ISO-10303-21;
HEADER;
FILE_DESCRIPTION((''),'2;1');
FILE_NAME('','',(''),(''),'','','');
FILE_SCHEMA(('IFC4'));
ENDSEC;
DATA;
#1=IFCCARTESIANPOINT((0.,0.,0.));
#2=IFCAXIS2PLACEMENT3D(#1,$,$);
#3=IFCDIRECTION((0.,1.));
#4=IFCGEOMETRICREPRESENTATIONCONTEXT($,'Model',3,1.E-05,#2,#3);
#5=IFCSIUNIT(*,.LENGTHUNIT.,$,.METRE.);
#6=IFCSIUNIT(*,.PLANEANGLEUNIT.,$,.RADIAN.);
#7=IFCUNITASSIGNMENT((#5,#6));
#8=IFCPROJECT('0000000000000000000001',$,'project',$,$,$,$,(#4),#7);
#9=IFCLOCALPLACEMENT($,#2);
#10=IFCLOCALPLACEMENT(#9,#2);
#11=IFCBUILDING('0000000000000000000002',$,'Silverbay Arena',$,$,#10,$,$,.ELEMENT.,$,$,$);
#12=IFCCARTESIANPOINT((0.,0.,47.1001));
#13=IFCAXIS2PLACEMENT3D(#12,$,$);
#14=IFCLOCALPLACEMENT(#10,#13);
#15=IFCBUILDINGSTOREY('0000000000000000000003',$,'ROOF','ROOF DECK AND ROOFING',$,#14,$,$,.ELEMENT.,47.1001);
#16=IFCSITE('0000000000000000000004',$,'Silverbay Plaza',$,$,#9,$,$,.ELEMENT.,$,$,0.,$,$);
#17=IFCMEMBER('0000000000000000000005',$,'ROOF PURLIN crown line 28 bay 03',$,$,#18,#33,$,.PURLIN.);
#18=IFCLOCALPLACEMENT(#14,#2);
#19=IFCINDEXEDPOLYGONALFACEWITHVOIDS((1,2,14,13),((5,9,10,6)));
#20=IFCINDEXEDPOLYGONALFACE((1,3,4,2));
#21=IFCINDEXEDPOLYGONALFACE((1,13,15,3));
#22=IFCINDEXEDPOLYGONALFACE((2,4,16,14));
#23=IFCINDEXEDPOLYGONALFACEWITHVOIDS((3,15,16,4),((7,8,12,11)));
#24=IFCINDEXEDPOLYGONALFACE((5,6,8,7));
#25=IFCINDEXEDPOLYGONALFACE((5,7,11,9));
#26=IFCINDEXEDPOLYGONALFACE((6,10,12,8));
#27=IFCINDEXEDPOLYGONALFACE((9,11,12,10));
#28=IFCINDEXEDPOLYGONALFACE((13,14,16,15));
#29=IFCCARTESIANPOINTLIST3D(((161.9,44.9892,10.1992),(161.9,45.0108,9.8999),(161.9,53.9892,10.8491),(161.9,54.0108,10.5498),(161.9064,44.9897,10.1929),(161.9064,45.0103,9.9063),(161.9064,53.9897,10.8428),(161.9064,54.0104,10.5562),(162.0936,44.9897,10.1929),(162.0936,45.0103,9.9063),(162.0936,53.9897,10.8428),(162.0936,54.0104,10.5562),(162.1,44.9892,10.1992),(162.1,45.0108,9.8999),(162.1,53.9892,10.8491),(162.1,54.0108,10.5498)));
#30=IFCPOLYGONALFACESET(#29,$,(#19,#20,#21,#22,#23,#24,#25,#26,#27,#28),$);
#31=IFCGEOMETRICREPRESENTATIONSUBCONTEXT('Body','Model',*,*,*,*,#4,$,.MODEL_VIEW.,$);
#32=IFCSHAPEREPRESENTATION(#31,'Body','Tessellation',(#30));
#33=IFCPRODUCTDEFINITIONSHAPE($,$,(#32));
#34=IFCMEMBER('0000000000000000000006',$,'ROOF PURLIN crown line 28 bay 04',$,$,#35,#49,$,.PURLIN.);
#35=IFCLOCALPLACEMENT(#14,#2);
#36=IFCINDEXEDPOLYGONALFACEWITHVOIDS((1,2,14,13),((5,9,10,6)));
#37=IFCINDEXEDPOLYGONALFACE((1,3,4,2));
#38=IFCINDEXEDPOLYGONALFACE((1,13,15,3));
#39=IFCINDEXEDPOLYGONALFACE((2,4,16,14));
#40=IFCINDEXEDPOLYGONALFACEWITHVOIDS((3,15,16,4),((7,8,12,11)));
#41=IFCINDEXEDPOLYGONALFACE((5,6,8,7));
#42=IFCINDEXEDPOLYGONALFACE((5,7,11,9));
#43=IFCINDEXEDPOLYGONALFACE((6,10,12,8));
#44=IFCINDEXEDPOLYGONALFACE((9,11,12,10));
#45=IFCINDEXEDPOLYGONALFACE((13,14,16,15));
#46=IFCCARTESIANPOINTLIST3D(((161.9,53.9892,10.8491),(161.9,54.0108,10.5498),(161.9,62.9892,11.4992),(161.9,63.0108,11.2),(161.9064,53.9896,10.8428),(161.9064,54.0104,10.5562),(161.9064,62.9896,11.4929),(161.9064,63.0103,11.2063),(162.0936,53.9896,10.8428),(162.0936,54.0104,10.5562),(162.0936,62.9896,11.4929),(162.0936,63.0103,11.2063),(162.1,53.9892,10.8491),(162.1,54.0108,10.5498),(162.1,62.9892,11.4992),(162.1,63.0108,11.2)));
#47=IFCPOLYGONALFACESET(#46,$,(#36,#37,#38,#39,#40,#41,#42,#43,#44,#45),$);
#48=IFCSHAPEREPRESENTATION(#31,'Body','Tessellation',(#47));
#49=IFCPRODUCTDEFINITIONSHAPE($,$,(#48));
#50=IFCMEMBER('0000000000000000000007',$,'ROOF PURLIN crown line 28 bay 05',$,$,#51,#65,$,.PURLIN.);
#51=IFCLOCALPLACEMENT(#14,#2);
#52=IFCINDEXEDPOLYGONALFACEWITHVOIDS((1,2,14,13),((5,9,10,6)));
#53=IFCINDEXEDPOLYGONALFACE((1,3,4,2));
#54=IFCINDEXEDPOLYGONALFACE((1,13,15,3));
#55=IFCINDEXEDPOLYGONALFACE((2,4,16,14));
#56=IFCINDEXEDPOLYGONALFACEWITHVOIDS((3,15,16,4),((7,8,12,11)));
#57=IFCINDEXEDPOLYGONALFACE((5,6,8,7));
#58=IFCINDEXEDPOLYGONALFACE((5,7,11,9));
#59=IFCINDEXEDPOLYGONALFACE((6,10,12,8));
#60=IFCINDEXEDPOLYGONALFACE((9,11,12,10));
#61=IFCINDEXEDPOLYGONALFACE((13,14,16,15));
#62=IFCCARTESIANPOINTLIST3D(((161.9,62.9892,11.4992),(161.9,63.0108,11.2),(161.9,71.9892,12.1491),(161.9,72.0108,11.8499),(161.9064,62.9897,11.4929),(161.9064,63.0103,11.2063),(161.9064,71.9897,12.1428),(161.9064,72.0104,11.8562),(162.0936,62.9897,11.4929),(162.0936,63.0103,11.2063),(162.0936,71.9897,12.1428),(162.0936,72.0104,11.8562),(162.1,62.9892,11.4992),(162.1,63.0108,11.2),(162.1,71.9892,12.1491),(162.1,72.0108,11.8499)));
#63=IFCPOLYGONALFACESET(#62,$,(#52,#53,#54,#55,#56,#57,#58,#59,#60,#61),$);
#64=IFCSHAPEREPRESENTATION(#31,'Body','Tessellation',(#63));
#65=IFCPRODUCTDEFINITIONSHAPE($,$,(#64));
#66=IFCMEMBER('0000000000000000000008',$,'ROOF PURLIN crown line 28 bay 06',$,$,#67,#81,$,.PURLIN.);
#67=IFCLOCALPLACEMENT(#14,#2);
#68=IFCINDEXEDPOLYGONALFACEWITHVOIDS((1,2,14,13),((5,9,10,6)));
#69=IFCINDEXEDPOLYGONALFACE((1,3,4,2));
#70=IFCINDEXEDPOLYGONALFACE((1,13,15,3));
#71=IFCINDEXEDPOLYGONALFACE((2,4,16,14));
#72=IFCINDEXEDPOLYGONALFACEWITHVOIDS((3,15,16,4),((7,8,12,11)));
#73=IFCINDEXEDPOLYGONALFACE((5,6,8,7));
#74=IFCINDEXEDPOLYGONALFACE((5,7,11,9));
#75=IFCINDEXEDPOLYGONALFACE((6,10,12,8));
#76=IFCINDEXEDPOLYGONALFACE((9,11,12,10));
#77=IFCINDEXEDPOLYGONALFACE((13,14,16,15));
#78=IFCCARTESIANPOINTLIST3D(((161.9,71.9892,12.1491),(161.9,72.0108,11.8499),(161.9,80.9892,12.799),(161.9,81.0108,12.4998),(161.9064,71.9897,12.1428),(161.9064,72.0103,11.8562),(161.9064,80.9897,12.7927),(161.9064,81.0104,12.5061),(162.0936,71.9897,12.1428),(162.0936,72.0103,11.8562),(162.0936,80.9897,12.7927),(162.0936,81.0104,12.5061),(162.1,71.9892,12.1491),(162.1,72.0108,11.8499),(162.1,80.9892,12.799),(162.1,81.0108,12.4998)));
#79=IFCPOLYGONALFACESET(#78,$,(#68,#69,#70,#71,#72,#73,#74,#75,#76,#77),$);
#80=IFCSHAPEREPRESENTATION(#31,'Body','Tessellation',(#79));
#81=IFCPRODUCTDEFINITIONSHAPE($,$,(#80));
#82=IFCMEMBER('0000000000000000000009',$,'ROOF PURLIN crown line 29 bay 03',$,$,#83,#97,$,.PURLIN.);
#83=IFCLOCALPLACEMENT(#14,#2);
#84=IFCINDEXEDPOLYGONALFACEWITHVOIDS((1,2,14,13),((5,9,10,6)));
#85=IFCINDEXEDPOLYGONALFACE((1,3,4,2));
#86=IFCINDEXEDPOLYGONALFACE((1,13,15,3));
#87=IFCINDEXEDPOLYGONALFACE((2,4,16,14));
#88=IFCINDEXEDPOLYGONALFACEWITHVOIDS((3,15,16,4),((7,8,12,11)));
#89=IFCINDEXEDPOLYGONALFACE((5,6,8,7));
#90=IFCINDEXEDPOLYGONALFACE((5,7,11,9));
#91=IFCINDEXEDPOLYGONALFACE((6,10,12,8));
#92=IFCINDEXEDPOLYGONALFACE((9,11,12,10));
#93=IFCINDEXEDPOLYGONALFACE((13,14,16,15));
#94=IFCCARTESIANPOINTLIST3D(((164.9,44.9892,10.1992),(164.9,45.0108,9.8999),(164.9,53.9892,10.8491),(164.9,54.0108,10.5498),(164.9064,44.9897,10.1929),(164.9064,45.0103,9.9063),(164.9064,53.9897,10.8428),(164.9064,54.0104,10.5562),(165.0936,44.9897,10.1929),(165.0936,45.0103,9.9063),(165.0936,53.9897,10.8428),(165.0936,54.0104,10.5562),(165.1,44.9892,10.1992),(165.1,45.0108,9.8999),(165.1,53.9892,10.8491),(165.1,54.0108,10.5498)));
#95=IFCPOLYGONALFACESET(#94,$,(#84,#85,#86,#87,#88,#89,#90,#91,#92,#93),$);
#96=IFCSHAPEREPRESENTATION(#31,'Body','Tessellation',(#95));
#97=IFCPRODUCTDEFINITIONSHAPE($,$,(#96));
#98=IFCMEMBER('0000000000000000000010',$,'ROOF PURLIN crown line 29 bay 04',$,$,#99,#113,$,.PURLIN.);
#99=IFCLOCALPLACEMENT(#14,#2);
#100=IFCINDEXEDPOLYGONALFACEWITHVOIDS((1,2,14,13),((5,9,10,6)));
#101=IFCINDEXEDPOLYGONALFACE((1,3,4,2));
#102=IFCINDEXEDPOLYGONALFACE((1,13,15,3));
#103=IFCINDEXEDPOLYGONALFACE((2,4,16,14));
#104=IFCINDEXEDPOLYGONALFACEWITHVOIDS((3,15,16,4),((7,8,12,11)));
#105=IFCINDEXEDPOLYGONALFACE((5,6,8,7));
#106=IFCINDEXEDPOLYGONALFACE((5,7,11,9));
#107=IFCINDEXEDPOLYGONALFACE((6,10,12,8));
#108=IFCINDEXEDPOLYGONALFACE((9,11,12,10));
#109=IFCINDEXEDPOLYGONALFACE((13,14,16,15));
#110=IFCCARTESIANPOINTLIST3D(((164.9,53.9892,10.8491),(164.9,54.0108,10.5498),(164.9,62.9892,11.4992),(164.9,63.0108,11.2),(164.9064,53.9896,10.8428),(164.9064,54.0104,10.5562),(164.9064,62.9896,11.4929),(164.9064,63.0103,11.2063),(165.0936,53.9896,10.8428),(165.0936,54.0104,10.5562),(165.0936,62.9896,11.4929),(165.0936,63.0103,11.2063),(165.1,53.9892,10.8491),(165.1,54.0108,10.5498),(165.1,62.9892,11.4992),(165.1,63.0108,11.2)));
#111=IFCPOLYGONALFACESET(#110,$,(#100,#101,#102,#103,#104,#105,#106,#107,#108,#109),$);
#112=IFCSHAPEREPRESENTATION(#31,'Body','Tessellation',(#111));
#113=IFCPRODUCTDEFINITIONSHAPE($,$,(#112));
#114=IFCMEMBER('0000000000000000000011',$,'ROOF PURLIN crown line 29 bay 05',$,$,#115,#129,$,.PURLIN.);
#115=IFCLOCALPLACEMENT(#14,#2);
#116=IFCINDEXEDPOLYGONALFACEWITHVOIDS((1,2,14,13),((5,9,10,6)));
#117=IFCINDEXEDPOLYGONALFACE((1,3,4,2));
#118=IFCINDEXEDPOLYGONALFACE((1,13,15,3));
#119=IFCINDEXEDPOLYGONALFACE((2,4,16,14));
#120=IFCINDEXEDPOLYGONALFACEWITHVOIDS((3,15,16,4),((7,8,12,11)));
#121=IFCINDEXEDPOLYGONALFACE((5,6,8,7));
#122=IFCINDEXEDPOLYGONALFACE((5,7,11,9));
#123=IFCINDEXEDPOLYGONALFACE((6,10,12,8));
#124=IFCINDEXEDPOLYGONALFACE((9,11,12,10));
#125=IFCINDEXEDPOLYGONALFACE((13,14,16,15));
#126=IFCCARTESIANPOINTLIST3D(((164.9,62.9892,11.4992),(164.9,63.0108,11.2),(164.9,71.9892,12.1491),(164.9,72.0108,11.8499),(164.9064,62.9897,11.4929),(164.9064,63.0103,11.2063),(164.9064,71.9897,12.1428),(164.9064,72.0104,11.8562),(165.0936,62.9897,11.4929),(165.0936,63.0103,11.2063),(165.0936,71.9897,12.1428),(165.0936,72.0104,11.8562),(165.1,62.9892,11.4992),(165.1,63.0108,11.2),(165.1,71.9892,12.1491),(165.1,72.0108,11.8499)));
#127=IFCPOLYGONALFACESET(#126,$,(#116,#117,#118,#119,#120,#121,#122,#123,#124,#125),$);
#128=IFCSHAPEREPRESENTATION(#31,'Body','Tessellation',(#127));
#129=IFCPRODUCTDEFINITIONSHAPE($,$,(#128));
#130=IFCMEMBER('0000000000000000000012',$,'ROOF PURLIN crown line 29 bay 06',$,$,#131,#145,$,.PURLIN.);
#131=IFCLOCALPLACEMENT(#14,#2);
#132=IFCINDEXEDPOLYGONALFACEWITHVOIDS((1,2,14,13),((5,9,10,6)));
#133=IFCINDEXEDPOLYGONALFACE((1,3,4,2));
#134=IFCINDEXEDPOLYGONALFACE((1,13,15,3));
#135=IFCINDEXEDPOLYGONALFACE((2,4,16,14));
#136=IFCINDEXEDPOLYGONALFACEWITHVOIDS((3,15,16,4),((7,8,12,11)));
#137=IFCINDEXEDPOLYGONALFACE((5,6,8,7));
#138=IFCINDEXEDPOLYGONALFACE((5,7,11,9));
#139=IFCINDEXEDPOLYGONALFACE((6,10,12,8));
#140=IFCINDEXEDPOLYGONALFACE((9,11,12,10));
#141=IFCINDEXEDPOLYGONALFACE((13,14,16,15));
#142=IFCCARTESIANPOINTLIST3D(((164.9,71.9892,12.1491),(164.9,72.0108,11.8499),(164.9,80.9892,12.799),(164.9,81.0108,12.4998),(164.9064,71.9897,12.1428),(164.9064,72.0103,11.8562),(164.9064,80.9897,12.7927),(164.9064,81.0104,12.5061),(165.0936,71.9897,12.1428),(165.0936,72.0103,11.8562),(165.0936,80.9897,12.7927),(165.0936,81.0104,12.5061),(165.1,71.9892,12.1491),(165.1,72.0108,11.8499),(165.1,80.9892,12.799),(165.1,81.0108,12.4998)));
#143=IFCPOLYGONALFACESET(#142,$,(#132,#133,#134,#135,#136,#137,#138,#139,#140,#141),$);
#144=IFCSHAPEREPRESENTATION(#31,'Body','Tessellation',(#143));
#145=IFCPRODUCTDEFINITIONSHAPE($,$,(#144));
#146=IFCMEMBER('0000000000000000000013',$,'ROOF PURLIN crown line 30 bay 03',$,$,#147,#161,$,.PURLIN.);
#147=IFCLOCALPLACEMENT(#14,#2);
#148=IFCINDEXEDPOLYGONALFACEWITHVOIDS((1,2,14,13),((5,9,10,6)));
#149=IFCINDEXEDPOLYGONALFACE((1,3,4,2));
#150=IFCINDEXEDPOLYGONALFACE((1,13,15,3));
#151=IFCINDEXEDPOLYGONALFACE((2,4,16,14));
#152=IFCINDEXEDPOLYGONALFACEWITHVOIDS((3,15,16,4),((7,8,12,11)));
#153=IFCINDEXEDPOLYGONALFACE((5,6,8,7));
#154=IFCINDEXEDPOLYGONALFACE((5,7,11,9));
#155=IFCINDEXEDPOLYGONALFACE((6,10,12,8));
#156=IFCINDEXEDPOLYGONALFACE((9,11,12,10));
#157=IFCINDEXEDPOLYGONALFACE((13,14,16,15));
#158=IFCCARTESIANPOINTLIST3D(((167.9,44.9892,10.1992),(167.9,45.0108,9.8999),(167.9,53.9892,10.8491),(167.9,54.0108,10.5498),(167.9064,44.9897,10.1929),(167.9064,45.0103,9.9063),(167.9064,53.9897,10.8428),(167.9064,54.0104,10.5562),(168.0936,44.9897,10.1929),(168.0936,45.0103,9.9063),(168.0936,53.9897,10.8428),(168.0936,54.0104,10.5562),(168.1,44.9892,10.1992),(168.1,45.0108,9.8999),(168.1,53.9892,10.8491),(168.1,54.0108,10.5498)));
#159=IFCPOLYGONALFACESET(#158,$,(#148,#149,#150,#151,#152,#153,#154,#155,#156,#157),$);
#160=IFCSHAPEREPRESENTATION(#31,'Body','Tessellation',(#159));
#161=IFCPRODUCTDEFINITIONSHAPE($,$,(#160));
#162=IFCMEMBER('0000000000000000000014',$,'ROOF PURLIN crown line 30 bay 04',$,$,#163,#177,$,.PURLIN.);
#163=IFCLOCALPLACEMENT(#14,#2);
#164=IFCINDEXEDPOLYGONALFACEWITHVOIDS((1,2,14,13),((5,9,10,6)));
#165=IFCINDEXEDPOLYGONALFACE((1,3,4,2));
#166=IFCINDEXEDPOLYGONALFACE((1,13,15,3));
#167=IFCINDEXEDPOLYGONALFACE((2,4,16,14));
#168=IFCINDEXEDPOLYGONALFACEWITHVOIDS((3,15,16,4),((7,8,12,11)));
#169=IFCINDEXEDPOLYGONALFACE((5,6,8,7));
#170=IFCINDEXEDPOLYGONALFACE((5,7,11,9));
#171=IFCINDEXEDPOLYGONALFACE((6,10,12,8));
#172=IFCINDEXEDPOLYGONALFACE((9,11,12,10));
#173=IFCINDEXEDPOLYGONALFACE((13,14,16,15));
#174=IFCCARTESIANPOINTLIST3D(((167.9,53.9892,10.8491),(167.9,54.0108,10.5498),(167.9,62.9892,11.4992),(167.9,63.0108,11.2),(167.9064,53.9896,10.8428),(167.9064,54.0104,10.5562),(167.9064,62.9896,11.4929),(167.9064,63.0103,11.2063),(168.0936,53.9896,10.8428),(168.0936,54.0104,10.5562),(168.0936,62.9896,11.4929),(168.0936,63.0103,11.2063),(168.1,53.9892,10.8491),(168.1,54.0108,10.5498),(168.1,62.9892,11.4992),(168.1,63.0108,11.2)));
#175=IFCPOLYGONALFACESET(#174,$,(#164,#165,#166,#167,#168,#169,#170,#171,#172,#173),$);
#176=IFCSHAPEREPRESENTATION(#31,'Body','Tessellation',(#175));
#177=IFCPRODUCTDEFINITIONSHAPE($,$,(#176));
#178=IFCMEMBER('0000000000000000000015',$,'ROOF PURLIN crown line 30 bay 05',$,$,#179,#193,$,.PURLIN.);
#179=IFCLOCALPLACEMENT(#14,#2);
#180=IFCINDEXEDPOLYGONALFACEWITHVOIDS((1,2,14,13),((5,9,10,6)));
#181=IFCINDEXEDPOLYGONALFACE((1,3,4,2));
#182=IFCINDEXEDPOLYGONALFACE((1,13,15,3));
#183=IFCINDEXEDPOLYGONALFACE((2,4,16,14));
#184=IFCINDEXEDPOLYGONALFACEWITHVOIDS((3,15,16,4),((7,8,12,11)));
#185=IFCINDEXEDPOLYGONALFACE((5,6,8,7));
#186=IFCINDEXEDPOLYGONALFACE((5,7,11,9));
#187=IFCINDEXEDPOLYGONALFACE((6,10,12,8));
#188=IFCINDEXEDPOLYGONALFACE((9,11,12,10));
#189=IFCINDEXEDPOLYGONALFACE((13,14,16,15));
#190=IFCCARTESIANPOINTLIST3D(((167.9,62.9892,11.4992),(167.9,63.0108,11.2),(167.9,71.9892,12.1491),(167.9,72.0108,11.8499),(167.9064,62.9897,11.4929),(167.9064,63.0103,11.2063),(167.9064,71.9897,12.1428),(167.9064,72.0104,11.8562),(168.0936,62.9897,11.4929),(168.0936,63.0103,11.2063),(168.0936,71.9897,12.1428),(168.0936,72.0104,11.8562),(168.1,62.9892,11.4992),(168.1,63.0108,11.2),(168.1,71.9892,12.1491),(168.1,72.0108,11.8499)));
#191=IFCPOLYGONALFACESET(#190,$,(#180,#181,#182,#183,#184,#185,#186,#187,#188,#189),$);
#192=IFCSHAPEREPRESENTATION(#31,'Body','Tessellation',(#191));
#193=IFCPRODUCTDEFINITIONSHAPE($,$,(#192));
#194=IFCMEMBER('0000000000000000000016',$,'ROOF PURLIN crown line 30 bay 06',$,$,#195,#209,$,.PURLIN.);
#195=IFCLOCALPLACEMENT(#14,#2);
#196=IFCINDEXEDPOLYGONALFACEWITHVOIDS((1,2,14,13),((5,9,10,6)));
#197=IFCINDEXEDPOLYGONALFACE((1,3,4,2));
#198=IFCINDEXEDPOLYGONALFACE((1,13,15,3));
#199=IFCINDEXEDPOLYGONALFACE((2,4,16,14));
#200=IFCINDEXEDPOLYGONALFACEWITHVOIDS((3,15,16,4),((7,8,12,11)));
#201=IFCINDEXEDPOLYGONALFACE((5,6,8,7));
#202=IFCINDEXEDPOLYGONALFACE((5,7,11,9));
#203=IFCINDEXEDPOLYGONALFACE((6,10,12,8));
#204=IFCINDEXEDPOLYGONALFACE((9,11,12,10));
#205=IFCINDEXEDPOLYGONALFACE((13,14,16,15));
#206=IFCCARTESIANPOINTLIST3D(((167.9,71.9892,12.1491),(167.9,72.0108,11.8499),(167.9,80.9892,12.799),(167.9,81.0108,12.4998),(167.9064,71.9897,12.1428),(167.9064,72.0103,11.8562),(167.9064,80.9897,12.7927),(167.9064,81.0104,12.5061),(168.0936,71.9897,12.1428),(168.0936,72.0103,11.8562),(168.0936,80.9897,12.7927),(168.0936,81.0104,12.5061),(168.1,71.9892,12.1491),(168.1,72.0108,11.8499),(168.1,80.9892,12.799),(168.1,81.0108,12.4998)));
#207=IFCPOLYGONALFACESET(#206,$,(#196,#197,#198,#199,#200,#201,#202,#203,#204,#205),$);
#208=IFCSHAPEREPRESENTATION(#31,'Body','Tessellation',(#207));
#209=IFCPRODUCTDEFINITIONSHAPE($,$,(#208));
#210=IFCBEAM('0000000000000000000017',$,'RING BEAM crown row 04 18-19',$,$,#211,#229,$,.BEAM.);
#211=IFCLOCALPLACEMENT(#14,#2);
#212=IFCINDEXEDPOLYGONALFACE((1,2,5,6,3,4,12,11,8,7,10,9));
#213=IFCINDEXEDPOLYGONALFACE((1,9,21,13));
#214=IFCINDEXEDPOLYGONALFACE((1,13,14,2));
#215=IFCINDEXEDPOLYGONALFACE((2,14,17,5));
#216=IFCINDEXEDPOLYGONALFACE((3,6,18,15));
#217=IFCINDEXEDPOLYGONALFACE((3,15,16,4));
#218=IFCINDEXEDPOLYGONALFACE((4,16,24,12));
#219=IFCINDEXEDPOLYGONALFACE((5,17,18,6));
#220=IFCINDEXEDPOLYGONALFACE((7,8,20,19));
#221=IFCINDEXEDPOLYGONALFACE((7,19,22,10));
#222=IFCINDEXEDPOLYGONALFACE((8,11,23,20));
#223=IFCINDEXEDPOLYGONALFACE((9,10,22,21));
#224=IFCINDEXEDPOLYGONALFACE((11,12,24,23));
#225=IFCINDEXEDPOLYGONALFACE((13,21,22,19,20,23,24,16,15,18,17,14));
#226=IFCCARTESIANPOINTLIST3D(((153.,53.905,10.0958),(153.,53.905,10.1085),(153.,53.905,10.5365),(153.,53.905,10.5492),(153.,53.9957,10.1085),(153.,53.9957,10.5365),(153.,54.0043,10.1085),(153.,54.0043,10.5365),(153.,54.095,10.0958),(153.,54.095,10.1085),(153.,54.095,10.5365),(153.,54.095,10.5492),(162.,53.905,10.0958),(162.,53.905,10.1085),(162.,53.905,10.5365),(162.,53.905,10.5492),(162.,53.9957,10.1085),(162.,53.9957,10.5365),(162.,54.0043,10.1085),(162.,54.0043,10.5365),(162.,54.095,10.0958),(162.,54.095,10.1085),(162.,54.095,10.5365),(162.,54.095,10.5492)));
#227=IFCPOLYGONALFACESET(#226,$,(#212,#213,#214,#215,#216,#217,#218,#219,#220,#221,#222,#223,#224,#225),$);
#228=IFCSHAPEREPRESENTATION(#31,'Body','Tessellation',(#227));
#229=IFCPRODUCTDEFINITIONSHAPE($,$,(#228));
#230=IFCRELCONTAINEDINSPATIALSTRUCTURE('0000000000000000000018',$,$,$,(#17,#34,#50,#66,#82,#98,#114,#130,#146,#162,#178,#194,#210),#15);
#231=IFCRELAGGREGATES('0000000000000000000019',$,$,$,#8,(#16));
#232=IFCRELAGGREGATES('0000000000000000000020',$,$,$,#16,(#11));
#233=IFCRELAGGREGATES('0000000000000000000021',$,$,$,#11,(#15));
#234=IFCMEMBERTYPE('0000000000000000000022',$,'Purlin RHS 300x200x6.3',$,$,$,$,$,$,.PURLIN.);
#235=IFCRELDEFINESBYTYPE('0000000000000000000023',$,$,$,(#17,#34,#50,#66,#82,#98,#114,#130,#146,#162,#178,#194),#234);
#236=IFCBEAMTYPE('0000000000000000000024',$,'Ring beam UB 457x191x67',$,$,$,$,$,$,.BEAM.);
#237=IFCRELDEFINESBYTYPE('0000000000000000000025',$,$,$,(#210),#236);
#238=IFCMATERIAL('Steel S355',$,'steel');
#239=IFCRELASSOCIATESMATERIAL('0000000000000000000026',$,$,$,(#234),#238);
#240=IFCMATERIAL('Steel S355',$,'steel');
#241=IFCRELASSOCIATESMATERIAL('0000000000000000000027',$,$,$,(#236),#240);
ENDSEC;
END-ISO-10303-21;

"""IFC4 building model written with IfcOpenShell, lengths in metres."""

from ifc_helpers import new_model, si_unit, direction, frame, origin, origin_2d, place, context, subcontext, project, spatial, hollow_rectangle, i_section, extrude, material, material_profile, profile_set, type_object, element, save


model = new_model("IFC4")

# Units and contexts
model_context = context("Model", 3, precision=1e-05, world=origin(), true_north=direction((0.0, 1.0)))
body_context = subcontext(model_context, "Body", "Model", "MODEL_VIEW")
ifc_project = project(units=[si_unit("LENGTHUNIT", "METRE"), si_unit("PLANEANGLEUNIT", "RADIAN")], contexts=[model_context])

# Site, building, storey
site_placement = place(None, origin())
site = spatial("IfcSite", under=ifc_project, at=site_placement, Name="Silverbay Plaza", CompositionType="ELEMENT", RefElevation=0.0)
building_placement = place(site_placement, origin())
building = spatial("IfcBuilding", under=site, at=building_placement, Name="Silverbay Arena", CompositionType="ELEMENT")
storey_placement = place(building_placement, frame((0.0, 0.0, 47.1001)))
storey = spatial("IfcBuildingStorey", under=building, at=storey_placement, Name="ROOF", Description="ROOF DECK AND ROOFING", CompositionType="ELEMENT", Elevation=47.1001)

# Members
ifc_material_1 = material(Name="Steel S355", Category="steel")
ifc_material_profile_1 = material_profile(ifc_material_1, hollow_rectangle(XDim=0.2, YDim=0.3, WallThickness=0.0063, at=origin_2d()), Name="RHS 300x200x6.3")
ifc_profile_set_1 = profile_set([ifc_material_profile_1], Name="Steel S355")
member_type_1 = type_object("IfcMemberType", Name="Purlin RHS 300x200x6.3", PredefinedType="PURLIN", material=ifc_profile_set_1)
for number, where, z_axis, x_axis, name in (
    (1, (162.0, 45.0, 10.0496), (0.0, 0.997403, 0.072024), (-1.0, 0.0, 0.0), "ROOF PURLIN crown line 28 bay 03"),
    (2, (162.0, 54.0, 10.6995), (0.0, 0.997401, 0.072051), (-1.0, 0.0, 0.0), "ROOF PURLIN crown line 28 bay 04"),
    (3, (162.0, 63.0, 11.3496), (0.0, 0.997403, 0.072024), (-1.0, 0.0, 0.0), "ROOF PURLIN crown line 28 bay 05"),
    (4, (162.0, 72.0, 11.9995), (0.0, 0.997403, 0.072024), (-1.0, 0.0, 0.0), "ROOF PURLIN crown line 28 bay 06"),
    (5, (165.0, 45.0, 10.0496), (0.0, 0.997403, 0.072024), (-1.0, 0.0, 0.0), "ROOF PURLIN crown line 29 bay 03"),
    (6, (165.0, 54.0, 10.6995), (0.0, 0.997401, 0.072051), (-1.0, 0.0, 0.0), "ROOF PURLIN crown line 29 bay 04"),
    (7, (165.0, 63.0, 11.3496), (0.0, 0.997403, 0.072024), (-1.0, 0.0, 0.0), "ROOF PURLIN crown line 29 bay 05"),
    (8, (165.0, 72.0, 11.9995), (0.0, 0.997403, 0.072024), (-1.0, 0.0, 0.0), "ROOF PURLIN crown line 29 bay 06"),
    (9, (168.0, 45.0, 10.0496), (0.0, 0.997403, 0.072024), (-1.0, 0.0, 0.0), "ROOF PURLIN crown line 30 bay 03"),
    (10, (168.0, 54.0, 10.6995), (0.0, 0.997401, 0.072051), (-1.0, 0.0, 0.0), "ROOF PURLIN crown line 30 bay 04"),
    (11, (168.0, 63.0, 11.3496), (0.0, 0.997403, 0.072024), (-1.0, 0.0, 0.0), "ROOF PURLIN crown line 30 bay 05"),
    (12, (168.0, 72.0, 11.9995), (0.0, 0.997403, 0.072024), (-1.0, 0.0, 0.0), "ROOF PURLIN crown line 30 bay 06"),
):
    element("IfcMember", number, at=place(storey_placement, frame(where, z_axis=z_axis, x_axis=x_axis)), inside=storey, type_object=member_type_1, Name=name, PredefinedType="PURLIN", context=body_context, shape_type="SweptSolid", body=[
        extrude(hollow_rectangle(XDim=0.2, YDim=0.3, WallThickness=0.0063, at=origin_2d()), origin(), (0.0, 0.0, 1.0), 9.0234),
    ])

# Beam
ifc_material_2 = material(Name="Steel S355", Category="steel")
ifc_material_profile_2 = material_profile(ifc_material_2, i_section(OverallWidth=0.1899, OverallDepth=0.4534, WebThickness=0.0085, FlangeThickness=0.0127, at=origin_2d()), Name="UB 457x191x67")
ifc_profile_set_2 = profile_set([ifc_material_profile_2], Name="Steel S355")
beam_type = type_object("IfcBeamType", Name="Ring beam UB 457x191x67", PredefinedType="BEAM", material=ifc_profile_set_2)
for number, where, z_axis, x_axis, name in (
    (13, (153.0, 54.0, 10.3225), (1.0, 0.0, 0.0), (0.0, 1.0, 0.0), "RING BEAM crown row 04 18-19"),
):
    element("IfcBeam", number, at=place(storey_placement, frame(where, z_axis=z_axis, x_axis=x_axis)), inside=storey, type_object=beam_type, Name=name, PredefinedType="BEAM", context=body_context, shape_type="SweptSolid", body=[
        extrude(i_section(OverallWidth=0.1899, OverallDepth=0.4534, WebThickness=0.0085, FlangeThickness=0.0127, at=origin_2d()), origin(), (0.0, 0.0, 1.0), 9.0),
    ])

save(model, "model.ifc")
